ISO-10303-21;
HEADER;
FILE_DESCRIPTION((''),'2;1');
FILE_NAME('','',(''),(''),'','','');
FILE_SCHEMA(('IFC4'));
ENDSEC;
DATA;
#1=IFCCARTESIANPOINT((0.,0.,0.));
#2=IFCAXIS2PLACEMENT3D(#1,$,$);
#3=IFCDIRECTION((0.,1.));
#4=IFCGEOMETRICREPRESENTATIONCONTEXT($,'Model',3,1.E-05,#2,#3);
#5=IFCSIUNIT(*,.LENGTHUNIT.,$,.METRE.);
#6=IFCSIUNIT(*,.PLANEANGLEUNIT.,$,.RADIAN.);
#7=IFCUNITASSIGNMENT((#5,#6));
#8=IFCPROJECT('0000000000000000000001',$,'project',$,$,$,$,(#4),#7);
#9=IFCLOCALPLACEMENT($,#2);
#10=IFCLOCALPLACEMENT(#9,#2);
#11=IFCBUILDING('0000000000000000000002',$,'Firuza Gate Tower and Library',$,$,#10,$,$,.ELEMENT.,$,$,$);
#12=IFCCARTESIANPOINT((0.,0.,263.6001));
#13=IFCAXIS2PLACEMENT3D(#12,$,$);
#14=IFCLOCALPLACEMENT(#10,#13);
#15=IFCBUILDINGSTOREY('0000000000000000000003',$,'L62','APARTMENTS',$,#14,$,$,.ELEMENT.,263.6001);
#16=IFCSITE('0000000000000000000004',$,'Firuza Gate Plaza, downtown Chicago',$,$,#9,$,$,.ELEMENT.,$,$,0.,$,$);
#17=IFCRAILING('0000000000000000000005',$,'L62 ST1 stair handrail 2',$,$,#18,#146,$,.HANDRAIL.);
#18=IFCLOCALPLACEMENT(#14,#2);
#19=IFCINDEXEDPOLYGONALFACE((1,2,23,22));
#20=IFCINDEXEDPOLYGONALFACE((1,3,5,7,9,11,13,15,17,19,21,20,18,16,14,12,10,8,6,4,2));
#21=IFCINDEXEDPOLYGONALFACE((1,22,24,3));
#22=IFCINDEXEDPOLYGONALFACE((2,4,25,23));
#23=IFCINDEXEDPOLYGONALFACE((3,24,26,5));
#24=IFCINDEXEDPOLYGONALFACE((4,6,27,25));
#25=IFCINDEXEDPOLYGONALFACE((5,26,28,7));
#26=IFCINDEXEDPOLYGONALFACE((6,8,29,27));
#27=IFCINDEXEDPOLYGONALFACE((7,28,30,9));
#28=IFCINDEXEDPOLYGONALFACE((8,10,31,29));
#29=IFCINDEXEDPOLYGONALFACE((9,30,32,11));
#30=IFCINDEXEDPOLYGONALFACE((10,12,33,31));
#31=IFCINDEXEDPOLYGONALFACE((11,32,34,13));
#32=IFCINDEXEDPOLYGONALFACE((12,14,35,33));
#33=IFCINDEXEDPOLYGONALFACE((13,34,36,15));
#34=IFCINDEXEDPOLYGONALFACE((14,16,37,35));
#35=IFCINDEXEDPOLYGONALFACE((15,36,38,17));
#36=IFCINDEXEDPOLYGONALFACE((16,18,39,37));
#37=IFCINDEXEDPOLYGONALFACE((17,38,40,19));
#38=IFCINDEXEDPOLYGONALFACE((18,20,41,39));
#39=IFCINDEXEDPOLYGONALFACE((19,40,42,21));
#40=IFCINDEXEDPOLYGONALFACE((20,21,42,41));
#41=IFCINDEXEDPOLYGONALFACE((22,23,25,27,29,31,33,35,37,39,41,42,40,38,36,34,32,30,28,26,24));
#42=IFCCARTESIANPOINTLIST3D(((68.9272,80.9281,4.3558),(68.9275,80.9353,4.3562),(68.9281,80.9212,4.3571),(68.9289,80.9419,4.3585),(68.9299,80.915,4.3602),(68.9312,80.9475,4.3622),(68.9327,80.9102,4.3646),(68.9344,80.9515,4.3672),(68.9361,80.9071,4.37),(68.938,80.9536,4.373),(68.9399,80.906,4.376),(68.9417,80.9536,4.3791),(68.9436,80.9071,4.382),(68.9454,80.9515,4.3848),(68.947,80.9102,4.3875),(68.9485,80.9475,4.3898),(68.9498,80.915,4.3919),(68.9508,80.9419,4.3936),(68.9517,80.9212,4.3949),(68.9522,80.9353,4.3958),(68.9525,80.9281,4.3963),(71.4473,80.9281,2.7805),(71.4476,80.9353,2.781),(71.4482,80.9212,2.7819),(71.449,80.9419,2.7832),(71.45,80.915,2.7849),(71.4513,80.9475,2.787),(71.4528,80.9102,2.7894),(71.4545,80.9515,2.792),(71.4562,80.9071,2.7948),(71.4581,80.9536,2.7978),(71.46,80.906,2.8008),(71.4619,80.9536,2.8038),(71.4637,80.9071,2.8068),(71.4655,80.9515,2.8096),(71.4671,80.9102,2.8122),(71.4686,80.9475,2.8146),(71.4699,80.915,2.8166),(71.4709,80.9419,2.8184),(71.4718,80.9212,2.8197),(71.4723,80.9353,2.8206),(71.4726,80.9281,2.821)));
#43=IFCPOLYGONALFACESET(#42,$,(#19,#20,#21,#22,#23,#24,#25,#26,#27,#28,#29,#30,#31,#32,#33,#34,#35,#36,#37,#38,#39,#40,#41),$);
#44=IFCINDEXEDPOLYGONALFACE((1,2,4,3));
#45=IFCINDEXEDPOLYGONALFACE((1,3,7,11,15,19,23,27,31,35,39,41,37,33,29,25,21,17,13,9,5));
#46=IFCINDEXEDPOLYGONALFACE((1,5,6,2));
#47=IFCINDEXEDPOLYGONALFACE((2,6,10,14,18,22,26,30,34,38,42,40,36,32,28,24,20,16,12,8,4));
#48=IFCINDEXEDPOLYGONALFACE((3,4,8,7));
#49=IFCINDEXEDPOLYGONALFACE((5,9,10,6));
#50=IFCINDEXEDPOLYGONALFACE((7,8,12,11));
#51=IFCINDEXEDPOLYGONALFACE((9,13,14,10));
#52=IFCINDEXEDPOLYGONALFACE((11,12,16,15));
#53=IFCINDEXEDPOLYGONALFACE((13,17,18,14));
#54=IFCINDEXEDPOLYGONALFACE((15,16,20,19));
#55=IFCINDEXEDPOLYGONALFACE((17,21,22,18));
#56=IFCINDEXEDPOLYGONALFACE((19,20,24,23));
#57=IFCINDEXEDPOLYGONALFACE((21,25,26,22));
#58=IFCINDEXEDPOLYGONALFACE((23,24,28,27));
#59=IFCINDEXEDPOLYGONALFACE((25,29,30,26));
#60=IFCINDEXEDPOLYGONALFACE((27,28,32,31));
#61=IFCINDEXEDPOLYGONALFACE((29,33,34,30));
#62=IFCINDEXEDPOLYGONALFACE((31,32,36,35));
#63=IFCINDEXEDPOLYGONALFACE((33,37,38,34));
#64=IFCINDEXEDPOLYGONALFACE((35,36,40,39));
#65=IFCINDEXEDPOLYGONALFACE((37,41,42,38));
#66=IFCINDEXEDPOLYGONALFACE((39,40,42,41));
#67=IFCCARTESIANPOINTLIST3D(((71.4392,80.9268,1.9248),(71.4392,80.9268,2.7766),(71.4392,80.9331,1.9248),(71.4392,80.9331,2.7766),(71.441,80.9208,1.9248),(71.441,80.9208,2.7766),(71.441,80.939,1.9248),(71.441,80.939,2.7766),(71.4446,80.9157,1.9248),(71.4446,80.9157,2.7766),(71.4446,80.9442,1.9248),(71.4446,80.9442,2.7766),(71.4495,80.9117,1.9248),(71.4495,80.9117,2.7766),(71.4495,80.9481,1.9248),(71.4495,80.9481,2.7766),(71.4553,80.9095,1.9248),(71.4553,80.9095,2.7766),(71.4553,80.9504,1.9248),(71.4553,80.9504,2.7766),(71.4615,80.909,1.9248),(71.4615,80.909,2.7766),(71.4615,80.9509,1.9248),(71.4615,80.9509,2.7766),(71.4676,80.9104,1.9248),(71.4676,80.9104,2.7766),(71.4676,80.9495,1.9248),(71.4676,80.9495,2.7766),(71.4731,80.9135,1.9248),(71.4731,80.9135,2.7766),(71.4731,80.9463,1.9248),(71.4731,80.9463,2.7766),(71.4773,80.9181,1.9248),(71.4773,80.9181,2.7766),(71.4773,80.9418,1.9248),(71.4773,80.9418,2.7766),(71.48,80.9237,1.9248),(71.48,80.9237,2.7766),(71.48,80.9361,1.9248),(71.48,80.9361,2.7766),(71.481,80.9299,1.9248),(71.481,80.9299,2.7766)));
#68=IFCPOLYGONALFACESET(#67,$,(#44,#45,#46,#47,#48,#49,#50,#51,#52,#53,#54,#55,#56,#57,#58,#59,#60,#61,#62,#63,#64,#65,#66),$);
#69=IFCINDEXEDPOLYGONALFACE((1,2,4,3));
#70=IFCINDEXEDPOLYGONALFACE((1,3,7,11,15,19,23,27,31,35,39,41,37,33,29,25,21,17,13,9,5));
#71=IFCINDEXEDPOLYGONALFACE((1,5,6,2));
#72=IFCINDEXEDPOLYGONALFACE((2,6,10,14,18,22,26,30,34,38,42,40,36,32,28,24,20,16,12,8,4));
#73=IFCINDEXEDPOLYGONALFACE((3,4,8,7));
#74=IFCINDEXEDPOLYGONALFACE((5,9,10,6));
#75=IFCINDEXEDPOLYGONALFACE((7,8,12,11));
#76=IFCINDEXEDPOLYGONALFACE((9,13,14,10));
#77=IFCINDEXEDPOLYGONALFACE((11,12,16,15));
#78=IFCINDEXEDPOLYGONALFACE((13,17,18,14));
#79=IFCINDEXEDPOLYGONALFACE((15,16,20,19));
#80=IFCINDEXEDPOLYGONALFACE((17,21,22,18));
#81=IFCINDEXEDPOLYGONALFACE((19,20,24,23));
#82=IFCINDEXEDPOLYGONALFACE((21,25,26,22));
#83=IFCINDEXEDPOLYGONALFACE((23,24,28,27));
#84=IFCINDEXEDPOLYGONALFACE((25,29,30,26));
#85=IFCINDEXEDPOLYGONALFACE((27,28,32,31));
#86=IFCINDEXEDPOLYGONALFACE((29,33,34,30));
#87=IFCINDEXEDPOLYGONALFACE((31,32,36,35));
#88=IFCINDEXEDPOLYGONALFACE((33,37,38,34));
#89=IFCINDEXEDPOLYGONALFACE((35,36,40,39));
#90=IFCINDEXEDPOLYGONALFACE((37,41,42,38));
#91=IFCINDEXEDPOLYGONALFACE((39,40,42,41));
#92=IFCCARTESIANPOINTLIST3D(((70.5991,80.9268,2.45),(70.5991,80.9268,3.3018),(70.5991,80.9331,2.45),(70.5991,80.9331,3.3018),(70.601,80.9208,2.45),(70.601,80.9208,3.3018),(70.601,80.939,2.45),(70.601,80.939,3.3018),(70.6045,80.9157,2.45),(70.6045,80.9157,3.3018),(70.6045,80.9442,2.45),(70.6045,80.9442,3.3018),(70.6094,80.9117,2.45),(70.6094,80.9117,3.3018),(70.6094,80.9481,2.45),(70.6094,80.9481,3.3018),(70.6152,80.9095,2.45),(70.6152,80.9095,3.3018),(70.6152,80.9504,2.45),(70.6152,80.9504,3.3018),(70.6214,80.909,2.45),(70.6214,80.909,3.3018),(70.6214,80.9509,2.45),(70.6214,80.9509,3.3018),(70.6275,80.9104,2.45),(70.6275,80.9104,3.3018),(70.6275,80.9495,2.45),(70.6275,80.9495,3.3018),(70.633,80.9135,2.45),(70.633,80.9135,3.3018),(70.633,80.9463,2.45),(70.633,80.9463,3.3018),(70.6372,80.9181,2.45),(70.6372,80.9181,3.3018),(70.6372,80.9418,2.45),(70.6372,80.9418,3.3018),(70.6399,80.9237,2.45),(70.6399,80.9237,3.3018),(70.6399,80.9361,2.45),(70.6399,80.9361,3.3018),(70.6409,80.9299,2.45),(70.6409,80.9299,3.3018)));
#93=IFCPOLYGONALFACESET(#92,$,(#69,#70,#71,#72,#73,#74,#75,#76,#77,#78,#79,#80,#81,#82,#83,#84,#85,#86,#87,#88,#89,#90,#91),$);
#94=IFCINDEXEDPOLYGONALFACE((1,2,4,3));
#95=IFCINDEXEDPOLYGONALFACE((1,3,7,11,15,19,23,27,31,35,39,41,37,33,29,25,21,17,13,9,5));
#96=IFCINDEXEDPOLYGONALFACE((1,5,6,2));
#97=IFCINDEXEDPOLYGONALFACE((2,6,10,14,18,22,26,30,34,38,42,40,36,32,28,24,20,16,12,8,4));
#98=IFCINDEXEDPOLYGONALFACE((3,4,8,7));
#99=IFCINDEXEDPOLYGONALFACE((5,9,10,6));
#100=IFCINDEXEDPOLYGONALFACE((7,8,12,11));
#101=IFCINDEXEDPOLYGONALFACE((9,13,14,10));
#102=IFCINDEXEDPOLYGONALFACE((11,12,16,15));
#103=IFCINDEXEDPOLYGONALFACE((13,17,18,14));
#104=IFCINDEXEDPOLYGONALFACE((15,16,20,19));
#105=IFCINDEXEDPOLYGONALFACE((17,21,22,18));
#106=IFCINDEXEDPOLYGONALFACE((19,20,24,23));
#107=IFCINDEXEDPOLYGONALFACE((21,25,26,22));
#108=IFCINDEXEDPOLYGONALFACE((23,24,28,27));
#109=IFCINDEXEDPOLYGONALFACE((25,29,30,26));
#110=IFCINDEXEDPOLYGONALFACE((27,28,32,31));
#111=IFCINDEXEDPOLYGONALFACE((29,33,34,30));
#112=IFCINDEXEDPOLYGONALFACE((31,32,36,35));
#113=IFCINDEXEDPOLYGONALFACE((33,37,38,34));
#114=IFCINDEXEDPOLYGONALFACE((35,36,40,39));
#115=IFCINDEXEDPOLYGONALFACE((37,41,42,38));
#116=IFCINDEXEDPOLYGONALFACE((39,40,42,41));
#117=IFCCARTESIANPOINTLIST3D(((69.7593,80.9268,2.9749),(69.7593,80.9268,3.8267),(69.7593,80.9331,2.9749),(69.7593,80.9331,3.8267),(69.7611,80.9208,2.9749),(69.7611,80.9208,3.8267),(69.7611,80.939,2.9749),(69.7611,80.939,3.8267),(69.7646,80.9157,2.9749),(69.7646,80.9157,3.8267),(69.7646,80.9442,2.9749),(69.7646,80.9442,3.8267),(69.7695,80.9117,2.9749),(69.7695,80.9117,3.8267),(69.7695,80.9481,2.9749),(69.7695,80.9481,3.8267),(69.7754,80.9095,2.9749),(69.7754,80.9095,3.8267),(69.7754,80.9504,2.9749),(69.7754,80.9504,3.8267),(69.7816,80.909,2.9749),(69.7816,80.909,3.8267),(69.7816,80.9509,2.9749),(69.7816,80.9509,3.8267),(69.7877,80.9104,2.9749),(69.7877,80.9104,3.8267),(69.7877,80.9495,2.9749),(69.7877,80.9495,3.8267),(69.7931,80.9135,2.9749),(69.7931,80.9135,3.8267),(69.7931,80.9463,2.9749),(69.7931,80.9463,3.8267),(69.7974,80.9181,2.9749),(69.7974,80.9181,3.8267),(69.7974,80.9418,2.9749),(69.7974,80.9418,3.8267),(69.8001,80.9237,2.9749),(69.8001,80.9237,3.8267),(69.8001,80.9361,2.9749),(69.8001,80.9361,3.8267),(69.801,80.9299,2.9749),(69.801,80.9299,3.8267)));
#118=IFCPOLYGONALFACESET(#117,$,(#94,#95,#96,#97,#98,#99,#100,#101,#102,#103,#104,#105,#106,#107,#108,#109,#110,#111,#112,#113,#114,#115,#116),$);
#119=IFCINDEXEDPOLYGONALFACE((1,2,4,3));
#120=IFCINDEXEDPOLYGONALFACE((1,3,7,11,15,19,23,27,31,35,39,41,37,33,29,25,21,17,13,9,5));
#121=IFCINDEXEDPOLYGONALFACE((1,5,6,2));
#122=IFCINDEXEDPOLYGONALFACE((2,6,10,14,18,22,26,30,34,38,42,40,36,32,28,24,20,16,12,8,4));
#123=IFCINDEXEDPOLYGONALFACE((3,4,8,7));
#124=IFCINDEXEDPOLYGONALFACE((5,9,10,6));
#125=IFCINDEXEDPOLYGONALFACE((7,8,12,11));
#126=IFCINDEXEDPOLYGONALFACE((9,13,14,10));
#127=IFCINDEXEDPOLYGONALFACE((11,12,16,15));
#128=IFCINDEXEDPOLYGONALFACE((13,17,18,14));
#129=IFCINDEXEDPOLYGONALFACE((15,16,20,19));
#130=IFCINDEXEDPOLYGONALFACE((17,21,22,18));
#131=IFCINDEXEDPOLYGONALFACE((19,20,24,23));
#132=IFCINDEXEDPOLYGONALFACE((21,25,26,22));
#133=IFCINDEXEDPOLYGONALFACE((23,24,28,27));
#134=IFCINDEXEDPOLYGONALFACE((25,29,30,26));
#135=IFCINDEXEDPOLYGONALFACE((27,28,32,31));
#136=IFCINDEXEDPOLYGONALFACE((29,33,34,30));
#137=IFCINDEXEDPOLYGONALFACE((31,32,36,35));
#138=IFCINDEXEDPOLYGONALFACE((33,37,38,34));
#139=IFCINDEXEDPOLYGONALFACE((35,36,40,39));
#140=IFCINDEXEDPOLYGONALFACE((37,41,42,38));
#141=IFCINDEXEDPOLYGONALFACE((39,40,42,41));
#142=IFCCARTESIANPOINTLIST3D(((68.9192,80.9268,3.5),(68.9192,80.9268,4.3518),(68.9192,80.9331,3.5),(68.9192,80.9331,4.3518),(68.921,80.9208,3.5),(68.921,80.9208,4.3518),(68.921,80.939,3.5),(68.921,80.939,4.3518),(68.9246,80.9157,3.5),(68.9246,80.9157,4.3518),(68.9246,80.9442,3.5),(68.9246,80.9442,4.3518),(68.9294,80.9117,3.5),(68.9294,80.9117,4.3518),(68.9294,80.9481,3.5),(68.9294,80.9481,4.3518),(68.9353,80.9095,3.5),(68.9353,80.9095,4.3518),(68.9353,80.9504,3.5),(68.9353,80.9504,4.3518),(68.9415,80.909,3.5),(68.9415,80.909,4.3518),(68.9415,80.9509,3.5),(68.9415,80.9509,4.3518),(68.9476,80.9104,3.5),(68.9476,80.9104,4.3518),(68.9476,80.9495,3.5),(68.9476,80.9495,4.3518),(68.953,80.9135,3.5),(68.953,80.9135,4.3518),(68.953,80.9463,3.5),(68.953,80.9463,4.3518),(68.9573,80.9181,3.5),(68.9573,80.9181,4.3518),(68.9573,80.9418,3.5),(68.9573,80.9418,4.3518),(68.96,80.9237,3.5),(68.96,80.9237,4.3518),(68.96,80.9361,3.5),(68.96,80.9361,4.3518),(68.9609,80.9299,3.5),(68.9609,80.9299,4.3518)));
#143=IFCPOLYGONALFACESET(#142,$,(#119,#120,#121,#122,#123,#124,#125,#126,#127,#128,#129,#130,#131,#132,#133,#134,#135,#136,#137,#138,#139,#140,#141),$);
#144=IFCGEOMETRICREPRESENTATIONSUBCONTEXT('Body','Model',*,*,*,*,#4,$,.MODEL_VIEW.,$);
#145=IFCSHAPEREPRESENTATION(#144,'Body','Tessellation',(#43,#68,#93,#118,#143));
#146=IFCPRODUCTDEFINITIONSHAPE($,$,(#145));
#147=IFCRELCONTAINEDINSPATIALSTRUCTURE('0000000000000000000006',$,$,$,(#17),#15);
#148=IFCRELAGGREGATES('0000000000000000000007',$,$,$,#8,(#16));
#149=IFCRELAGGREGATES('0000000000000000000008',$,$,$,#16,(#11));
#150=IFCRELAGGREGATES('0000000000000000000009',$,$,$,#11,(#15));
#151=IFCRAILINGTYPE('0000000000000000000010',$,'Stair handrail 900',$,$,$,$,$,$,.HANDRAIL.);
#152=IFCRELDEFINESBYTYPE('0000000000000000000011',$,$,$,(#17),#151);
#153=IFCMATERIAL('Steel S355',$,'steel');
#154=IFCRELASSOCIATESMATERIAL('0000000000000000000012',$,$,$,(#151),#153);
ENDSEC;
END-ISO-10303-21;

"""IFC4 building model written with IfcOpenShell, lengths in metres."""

from ifc_helpers import new_model, si_unit, direction, frame, origin, origin_2d, place, context, subcontext, project, spatial, circle, extrude, material, type_object, element, save


model = new_model("IFC4")

# Units and contexts
model_context = context("Model", 3, precision=1e-05, world=origin(), true_north=direction((0.0, 1.0)))
body_context = subcontext(model_context, "Body", "Model", "MODEL_VIEW")
ifc_project = project(units=[si_unit("LENGTHUNIT", "METRE"), si_unit("PLANEANGLEUNIT", "RADIAN")], contexts=[model_context])

# Site, building, storey
site_placement = place(None, origin())
site = spatial("IfcSite", under=ifc_project, at=site_placement, Name="Firuza Gate Plaza, downtown Chicago", CompositionType="ELEMENT", RefElevation=0.0)
building_placement = place(site_placement, origin())
building = spatial("IfcBuilding", under=site, at=building_placement, Name="Firuza Gate Tower and Library", CompositionType="ELEMENT")
storey_placement = place(building_placement, frame((0.0, 0.0, 263.6001)))
storey = spatial("IfcBuildingStorey", under=building, at=storey_placement, Name="L62", Description="APARTMENTS", CompositionType="ELEMENT", Elevation=263.6001)

# Railing
ifc_material_1 = material(Name="Steel S355", Category="steel")
railing_type = type_object("IfcRailingType", Name="Stair handrail 900", PredefinedType="HANDRAIL", material=ifc_material_1)
railing_placement = place(storey_placement, frame((71.46, 80.9299, 1.9248)))
element("IfcRailing", 1, at=railing_placement, inside=storey, type_object=railing_type, Name="L62 ST1 stair handrail 2", PredefinedType="HANDRAIL", context=body_context, shape_type="SweptSolid", body=[
    extrude(circle(Radius=0.0239, at=origin_2d()), frame((0.0, 0.0, 0.876), z_axis=(-0.847971, 0.0, 0.530043), x_axis=(0.0, -1.0, 0.0)), (0.0, 0.0, 1.0), 2.9719),
    extrude(circle(Radius=0.021, at=origin_2d()), origin(), (0.0, 0.0, 1.0), 0.8518),
    extrude(circle(Radius=0.021, at=origin_2d()), frame((-0.8401, 0.0, 0.5251)), (0.0, 0.0, 1.0), 0.8518),
    extrude(circle(Radius=0.021, at=origin_2d()), frame((-1.6799, 0.0, 1.05)), (0.0, 0.0, 1.0), 0.8518),
    extrude(circle(Radius=0.021, at=origin_2d()), frame((-2.52, 0.0, 1.5752)), (0.0, 0.0, 1.0), 0.8518),
])

save(model, "model.ifc")
